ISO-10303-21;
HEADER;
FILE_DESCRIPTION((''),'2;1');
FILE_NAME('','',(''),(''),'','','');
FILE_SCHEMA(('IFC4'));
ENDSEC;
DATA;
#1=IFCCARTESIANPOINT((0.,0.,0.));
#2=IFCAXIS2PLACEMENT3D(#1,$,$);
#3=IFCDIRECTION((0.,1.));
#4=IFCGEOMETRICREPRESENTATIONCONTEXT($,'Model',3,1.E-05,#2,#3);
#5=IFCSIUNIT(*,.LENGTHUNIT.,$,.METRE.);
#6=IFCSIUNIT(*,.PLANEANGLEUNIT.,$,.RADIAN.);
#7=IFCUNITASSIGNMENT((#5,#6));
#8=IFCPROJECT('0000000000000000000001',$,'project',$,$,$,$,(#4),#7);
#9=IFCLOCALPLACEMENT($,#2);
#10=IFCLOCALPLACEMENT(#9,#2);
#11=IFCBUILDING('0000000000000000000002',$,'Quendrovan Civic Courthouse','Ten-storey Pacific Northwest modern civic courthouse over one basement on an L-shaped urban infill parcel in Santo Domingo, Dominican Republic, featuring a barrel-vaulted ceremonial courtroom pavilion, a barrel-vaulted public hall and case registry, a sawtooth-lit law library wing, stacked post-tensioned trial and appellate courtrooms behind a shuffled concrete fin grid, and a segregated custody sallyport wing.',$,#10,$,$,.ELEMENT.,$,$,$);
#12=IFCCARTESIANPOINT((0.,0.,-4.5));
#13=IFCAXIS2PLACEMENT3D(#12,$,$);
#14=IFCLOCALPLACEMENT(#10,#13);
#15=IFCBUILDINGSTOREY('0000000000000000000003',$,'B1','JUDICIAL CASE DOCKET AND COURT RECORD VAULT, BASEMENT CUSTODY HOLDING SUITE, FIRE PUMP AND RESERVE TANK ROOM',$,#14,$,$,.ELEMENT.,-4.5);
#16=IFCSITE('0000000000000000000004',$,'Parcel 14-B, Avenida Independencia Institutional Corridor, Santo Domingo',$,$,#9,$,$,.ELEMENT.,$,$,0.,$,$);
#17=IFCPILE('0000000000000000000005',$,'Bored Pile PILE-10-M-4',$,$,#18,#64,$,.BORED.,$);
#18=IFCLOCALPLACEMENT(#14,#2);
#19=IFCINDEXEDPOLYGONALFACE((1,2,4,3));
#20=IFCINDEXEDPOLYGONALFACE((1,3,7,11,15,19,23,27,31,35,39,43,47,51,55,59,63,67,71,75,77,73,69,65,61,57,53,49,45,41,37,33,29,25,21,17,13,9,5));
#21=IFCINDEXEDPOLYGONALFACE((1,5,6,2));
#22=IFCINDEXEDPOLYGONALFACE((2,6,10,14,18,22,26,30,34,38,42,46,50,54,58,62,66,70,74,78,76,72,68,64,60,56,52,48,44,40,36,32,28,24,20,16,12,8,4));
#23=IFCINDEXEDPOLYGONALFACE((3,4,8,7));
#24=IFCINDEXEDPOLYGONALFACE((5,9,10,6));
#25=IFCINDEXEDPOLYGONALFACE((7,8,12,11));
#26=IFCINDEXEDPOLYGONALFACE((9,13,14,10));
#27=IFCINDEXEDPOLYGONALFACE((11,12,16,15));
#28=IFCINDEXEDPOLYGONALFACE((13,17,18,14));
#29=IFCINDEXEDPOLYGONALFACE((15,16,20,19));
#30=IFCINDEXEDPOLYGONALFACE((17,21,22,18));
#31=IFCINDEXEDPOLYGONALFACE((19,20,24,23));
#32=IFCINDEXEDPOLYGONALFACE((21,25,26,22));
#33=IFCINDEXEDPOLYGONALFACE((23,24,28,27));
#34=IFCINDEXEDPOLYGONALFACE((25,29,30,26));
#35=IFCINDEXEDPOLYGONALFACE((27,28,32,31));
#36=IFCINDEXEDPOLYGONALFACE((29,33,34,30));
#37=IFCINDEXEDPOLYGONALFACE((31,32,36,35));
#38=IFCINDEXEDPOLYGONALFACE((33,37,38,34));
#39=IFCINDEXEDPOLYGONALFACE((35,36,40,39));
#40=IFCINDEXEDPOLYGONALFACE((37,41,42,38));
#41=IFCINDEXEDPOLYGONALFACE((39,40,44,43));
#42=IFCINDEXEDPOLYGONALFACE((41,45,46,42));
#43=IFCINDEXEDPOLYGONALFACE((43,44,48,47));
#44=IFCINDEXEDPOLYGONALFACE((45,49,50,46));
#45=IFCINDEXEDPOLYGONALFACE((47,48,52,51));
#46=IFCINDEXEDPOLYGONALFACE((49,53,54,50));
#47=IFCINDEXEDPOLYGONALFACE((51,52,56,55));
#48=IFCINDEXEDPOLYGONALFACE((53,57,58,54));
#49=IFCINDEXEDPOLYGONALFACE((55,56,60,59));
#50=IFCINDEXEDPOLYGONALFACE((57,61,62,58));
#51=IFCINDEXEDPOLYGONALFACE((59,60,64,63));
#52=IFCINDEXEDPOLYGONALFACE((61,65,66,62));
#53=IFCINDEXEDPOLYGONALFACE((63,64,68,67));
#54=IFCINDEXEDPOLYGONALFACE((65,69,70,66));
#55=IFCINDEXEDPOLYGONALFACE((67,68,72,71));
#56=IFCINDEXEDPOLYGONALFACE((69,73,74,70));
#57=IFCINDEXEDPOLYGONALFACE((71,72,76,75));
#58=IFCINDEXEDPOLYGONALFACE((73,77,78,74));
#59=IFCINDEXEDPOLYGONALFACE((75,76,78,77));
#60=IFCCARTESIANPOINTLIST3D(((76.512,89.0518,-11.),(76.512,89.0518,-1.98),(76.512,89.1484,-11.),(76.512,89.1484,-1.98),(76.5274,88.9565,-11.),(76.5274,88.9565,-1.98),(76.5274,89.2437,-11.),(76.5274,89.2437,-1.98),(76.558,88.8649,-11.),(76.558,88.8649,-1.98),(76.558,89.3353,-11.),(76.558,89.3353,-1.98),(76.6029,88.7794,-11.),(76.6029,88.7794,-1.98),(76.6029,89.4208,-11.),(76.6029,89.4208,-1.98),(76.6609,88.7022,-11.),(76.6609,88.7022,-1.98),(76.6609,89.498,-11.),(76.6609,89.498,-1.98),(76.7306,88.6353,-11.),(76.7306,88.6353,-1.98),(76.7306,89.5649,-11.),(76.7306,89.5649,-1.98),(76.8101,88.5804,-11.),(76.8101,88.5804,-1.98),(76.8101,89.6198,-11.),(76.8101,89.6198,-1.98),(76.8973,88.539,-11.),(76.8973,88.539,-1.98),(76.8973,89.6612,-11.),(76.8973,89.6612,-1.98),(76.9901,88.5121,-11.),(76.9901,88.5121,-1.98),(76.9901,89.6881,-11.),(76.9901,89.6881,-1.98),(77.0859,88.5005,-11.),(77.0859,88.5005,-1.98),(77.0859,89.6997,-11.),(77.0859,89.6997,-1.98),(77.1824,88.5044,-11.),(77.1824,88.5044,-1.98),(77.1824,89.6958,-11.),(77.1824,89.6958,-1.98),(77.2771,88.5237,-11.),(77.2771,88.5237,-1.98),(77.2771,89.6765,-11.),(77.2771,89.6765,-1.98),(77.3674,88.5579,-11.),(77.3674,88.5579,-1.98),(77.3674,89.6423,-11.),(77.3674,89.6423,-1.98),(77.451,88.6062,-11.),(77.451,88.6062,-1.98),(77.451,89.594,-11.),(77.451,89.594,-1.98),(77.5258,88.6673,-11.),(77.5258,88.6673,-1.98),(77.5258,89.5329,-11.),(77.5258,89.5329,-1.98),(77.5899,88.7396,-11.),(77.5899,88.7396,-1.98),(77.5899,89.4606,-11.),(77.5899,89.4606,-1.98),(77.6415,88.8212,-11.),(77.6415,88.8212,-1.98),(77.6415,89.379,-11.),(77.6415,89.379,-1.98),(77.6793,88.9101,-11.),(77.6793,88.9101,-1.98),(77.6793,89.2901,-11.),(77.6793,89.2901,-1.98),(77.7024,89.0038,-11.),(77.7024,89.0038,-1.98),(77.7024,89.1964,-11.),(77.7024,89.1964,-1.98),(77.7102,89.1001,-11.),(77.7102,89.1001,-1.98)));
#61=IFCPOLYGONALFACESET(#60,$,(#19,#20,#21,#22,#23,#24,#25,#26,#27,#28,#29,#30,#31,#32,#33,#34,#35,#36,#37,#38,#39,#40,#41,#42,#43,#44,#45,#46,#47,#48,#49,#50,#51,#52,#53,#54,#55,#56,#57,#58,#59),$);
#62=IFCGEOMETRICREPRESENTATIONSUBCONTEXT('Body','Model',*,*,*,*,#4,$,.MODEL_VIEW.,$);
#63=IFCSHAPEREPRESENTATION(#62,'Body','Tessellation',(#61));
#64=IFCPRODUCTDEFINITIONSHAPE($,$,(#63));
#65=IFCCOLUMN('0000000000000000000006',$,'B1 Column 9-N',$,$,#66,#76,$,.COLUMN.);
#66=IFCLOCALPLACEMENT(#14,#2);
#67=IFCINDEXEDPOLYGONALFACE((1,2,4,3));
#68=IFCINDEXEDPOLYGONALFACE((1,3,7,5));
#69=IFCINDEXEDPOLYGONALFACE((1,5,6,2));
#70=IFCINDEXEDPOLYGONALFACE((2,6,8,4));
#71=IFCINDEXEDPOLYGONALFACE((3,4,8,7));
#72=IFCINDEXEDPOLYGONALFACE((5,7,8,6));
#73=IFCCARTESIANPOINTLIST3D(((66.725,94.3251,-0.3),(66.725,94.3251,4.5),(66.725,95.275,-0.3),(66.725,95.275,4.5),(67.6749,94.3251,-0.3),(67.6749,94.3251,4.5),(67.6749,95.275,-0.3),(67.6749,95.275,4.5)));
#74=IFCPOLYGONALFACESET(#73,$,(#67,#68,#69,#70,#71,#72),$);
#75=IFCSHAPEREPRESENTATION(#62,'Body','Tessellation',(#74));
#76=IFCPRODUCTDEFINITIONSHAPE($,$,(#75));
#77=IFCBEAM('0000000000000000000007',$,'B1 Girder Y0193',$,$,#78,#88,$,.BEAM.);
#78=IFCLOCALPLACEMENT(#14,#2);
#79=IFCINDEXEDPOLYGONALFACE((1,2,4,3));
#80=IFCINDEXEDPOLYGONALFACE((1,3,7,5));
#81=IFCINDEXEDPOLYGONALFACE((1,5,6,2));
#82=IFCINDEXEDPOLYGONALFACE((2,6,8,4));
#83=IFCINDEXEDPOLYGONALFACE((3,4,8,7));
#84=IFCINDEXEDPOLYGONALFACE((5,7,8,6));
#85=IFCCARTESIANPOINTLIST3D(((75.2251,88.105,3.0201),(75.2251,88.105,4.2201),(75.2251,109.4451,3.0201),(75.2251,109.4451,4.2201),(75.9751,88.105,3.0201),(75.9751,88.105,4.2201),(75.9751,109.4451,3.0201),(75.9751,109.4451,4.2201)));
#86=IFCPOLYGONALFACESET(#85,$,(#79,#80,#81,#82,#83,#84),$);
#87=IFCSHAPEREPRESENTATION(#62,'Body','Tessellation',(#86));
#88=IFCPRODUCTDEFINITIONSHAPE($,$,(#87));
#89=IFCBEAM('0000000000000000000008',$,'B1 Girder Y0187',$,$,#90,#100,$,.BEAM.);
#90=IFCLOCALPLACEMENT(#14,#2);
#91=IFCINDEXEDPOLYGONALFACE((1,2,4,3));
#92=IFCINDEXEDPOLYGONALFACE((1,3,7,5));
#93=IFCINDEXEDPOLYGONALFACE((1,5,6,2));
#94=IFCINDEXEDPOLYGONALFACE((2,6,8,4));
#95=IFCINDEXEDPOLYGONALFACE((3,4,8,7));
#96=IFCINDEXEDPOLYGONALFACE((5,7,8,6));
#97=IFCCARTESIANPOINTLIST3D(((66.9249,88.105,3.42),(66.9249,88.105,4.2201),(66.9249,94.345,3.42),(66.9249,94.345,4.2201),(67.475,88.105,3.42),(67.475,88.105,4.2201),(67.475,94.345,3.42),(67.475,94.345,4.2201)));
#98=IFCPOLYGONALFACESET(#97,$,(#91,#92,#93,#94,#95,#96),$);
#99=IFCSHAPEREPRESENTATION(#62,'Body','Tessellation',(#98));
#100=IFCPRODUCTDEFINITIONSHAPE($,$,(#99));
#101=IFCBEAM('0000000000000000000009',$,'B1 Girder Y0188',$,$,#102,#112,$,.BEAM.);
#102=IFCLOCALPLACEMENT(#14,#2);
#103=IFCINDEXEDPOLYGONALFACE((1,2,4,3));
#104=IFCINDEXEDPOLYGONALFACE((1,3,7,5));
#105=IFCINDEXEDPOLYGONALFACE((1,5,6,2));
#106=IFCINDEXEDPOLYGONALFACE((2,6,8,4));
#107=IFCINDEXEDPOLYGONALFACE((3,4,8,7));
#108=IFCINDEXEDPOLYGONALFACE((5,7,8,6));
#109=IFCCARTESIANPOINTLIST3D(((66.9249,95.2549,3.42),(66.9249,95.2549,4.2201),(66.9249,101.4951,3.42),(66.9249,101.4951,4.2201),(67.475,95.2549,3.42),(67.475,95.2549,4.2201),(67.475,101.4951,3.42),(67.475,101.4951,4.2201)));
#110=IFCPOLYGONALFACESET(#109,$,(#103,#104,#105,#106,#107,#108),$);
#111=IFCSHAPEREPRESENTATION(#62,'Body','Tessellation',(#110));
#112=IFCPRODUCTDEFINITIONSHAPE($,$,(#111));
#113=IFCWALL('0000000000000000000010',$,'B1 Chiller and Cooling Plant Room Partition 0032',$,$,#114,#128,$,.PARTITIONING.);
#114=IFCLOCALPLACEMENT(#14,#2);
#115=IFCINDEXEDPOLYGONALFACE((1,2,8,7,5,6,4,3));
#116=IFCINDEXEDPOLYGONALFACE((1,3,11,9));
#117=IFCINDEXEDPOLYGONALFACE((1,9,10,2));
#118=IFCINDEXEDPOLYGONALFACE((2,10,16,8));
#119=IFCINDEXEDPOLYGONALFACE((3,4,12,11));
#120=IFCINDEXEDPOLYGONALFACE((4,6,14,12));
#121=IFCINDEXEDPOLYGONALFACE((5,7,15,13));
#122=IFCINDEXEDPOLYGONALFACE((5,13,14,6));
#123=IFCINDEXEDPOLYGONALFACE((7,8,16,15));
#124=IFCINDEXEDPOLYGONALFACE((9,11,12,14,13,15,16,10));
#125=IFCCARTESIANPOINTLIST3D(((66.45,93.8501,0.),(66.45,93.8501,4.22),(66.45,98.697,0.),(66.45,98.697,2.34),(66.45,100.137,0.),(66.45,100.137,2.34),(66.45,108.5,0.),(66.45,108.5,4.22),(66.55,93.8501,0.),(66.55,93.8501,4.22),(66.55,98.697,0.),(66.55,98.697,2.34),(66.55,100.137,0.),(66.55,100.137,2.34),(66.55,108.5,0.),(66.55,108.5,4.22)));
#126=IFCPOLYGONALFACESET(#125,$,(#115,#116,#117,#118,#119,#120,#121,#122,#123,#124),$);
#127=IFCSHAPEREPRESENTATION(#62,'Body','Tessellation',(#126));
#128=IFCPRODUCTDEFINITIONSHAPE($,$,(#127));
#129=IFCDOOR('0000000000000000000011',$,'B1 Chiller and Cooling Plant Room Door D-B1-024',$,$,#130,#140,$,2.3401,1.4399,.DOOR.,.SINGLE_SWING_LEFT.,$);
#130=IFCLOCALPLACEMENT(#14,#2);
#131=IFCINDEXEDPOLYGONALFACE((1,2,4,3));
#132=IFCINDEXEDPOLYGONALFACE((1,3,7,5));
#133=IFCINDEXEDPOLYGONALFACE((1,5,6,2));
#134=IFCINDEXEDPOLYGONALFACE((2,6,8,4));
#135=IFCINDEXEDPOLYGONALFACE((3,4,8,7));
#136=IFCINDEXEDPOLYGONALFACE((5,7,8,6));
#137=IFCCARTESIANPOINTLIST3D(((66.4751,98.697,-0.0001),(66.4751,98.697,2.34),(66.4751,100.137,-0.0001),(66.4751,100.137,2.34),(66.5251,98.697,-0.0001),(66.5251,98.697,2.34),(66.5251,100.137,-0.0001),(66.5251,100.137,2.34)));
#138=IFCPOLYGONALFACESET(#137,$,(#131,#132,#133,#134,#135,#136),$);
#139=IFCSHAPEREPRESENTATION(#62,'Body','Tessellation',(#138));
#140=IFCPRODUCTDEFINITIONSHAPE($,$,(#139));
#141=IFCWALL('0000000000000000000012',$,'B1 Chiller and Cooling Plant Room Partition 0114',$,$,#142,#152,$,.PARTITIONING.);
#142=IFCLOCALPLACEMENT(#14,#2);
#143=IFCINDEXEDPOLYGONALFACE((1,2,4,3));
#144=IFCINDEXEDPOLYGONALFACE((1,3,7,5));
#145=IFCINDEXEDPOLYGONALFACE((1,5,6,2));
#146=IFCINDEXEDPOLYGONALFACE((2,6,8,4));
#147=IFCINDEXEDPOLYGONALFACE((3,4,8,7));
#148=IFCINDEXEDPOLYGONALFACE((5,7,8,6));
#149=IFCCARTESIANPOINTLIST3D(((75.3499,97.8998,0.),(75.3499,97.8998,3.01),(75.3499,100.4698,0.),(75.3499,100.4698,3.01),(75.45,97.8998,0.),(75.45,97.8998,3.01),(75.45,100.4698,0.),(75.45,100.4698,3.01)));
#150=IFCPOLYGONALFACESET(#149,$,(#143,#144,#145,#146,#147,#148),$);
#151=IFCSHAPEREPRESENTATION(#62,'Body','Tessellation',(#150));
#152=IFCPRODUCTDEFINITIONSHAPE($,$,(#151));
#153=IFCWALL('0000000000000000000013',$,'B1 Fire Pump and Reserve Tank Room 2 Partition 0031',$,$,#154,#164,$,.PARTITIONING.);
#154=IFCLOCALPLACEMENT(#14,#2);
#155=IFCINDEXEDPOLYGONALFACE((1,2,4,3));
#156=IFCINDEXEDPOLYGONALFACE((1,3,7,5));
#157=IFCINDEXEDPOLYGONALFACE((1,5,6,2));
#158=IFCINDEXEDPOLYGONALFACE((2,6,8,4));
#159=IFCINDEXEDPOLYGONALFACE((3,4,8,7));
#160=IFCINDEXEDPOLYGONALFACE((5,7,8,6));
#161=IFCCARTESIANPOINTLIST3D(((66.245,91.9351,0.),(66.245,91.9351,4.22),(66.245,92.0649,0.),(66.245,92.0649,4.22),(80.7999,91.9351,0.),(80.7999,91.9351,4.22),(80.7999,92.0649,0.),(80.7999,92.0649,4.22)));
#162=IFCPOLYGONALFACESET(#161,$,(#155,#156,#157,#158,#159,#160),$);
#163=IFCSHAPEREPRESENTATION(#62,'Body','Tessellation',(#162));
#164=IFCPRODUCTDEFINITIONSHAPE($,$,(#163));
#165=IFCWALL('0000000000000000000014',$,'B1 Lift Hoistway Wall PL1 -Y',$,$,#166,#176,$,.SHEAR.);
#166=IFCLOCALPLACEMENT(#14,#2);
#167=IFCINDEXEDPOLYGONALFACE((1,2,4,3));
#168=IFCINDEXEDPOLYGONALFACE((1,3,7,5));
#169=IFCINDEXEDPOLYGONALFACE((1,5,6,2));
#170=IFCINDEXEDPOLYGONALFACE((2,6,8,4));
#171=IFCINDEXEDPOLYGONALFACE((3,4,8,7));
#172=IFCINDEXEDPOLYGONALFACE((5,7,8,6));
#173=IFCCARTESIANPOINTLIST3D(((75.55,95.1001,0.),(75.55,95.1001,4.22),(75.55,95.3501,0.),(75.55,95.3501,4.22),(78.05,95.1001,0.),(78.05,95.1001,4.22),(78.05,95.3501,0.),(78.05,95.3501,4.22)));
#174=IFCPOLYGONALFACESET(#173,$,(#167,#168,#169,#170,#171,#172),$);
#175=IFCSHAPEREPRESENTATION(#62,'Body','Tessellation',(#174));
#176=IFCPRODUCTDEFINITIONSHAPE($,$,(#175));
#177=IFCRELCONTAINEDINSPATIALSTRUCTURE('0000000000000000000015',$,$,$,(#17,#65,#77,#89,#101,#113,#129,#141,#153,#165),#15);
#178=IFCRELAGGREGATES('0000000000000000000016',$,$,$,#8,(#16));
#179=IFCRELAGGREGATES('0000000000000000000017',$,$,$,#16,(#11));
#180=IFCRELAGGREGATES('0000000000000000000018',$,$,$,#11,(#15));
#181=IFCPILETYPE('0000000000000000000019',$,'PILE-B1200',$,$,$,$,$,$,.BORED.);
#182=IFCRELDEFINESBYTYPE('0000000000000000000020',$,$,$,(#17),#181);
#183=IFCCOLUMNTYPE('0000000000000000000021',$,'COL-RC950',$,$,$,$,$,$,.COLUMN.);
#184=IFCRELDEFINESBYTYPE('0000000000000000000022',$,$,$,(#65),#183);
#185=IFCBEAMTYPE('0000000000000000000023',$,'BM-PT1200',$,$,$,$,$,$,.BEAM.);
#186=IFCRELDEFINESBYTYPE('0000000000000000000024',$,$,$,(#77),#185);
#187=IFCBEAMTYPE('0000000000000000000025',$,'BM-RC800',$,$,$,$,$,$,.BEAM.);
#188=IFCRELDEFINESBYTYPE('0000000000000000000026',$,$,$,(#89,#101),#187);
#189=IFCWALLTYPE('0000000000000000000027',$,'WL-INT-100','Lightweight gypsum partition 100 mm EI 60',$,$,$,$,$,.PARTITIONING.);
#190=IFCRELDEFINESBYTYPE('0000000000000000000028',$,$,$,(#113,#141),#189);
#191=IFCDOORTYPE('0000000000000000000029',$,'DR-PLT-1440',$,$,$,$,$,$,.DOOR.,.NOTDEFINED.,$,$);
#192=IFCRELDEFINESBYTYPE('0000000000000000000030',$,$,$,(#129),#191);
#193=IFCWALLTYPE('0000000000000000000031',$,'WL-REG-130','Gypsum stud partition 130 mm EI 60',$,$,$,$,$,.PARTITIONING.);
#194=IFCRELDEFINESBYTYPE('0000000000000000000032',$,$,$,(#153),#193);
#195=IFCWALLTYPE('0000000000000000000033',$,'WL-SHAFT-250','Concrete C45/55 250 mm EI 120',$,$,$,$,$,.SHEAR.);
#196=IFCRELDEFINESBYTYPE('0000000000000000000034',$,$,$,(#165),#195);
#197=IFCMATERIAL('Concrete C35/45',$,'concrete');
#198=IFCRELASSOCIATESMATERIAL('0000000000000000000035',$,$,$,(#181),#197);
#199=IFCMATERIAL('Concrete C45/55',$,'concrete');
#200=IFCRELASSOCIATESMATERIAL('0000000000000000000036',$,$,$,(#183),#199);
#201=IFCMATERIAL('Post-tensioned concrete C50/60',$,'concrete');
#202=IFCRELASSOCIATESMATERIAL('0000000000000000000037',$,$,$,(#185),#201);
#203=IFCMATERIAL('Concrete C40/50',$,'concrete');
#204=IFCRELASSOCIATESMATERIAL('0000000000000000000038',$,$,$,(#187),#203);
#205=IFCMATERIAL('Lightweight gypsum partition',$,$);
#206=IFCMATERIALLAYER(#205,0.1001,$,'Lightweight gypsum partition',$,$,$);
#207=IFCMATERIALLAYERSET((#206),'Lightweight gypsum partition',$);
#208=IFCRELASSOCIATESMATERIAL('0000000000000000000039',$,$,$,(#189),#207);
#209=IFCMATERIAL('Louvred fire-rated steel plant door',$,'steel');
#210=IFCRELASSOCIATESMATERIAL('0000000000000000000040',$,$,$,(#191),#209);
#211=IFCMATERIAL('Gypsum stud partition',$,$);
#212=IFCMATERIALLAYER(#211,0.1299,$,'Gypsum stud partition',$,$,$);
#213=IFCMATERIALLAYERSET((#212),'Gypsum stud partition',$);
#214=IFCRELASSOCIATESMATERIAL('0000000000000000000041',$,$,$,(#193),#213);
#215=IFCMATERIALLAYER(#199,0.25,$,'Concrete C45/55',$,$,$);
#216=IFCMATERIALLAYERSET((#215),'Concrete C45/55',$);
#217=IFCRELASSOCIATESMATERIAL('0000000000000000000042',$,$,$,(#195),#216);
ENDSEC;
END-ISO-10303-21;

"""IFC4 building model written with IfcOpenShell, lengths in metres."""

from ifc_helpers import new_model, si_unit, direction, frame, frame_2d, origin, origin_2d, place, context, subcontext, project, spatial, rectangle, circle, extrude, material, layer, layer_set, material_profile, profile_set, type_object, element, fill, save


model = new_model("IFC4")

# Units and contexts
model_context = context("Model", 3, precision=1e-05, world=origin(), true_north=direction((0.0, 1.0)))
body_context = subcontext(model_context, "Body", "Model", "MODEL_VIEW")
ifc_project = project(units=[si_unit("LENGTHUNIT", "METRE"), si_unit("PLANEANGLEUNIT", "RADIAN")], contexts=[model_context])

# Site, building, storey
site_placement = place(None, origin())
site = spatial("IfcSite", under=ifc_project, at=site_placement, Name="Parcel 14-B, Avenida Independencia Institutional Corridor, Santo Domingo", CompositionType="ELEMENT", RefElevation=0.0)
building_placement = place(site_placement, origin())
building = spatial("IfcBuilding", under=site, at=building_placement, Name="Quendrovan Civic Courthouse", Description="Ten-storey Pacific Northwest modern civic courthouse over one basement on an L-shaped urban infill parcel in Santo Domingo, Dominican Republic, featuring a barrel-vaulted ceremonial courtroom pavilion, a barrel-vaulted public hall and case registry, a sawtooth-lit law library wing, stacked post-tensioned trial and appellate courtrooms behind a shuffled concrete fin grid, and a segregated custody sallyport wing.", CompositionType="ELEMENT")
storey_placement = place(building_placement, frame((0.0, 0.0, -4.5)))
storey = spatial("IfcBuildingStorey", under=building, at=storey_placement, Name="B1", Description="JUDICIAL CASE DOCKET AND COURT RECORD VAULT, BASEMENT CUSTODY HOLDING SUITE, FIRE PUMP AND RESERVE TANK ROOM", CompositionType="ELEMENT", Elevation=-4.5)

# Shared definitions
ifc_material_1 = material(Name="Concrete C35/45", Category="concrete")

# Pile
ifc_material_profile_1 = material_profile(ifc_material_1, circle(Radius=0.6001, at=origin_2d()), Name="PILE-D1200")
ifc_profile_set_1 = profile_set([ifc_material_profile_1], Name="Concrete C35/45")
pile_type = type_object("IfcPileType", Name="PILE-B1200", PredefinedType="BORED", material=ifc_profile_set_1)
for number, where, z_axis, x_axis, name in (
    (1, (77.1101, 89.1001, -1.98), (0.0, 0.0, -1.0), (1.0, 0.0, 0.0), "Bored Pile PILE-10-M-4"),
):
    element("IfcPile", number, at=place(storey_placement, frame(where, z_axis=z_axis, x_axis=x_axis)), inside=storey, type_object=pile_type, Name=name, PredefinedType="BORED", context=body_context, shape_type="SweptSolid", body=[
        extrude(circle(Radius=0.6001, at=origin_2d()), origin(), (0.0, 0.0, 1.0), 9.02),
    ])

# Column
ifc_material_2 = material(Name="Concrete C45/55", Category="concrete")
ifc_material_profile_2 = material_profile(ifc_material_2, rectangle(XDim=0.95, YDim=0.95, at=origin_2d()), Name="RC-COL-950x950")
ifc_profile_set_2 = profile_set([ifc_material_profile_2], Name="Concrete C45/55")
column_type = type_object("IfcColumnType", Name="COL-RC950", PredefinedType="COLUMN", material=ifc_profile_set_2)
column_placement = place(storey_placement, frame((67.2, 94.8, -0.3), z_axis=(0.0, 0.0, 1.0), x_axis=(1.0, 0.0, 0.0)))
element("IfcColumn", 2, at=column_placement, inside=storey, type_object=column_type, Name="B1 Column 9-N", PredefinedType="COLUMN", context=body_context, shape_type="SweptSolid", body=[
    extrude(rectangle(XDim=0.95, YDim=0.95, at=origin_2d()), origin(), (0.0, 0.0, 1.0), 4.8),
])

# Beams
ifc_material_3 = material(Name="Post-tensioned concrete C50/60", Category="concrete")
ifc_material_profile_3 = material_profile(ifc_material_3, rectangle(XDim=0.75, YDim=1.2, at=origin_2d()), Name="PT-GIRD-750x1200")
ifc_profile_set_3 = profile_set([ifc_material_profile_3], Name="Post-tensioned concrete C50/60")
beam_type_1 = type_object("IfcBeamType", Name="BM-PT1200", PredefinedType="BEAM", material=ifc_profile_set_3)
beam_1_placement = place(storey_placement, frame((75.6001, 88.105, 3.6201), z_axis=(0.0, 1.0, 0.0), x_axis=(-1.0, 0.0, 0.0)))
element("IfcBeam", 3, at=beam_1_placement, inside=storey, type_object=beam_type_1, Name="B1 Girder Y0193", PredefinedType="BEAM", context=body_context, shape_type="SweptSolid", body=[
    extrude(rectangle(XDim=0.75, YDim=1.2, at=origin_2d()), origin(), (0.0, 0.0, 1.0), 21.3401),
])
ifc_material_4 = material(Name="Concrete C40/50", Category="concrete")
ifc_material_profile_4 = material_profile(ifc_material_4, rectangle(XDim=0.55, YDim=0.8, at=origin_2d()), Name="RC-BM-550x800")
ifc_profile_set_4 = profile_set([ifc_material_profile_4], Name="Concrete C40/50")
beam_type_2 = type_object("IfcBeamType", Name="BM-RC800", PredefinedType="BEAM", material=ifc_profile_set_4)
beam_2_placement = place(storey_placement, frame((67.2, 88.105, 3.8201), z_axis=(0.0, 1.0, 0.0), x_axis=(-1.0, 0.0, 0.0)))
element("IfcBeam", 4, at=beam_2_placement, inside=storey, type_object=beam_type_2, Name="B1 Girder Y0187", PredefinedType="BEAM", context=body_context, shape_type="SweptSolid", body=[
    extrude(rectangle(XDim=0.55, YDim=0.8, at=origin_2d()), origin(), (0.0, 0.0, 1.0), 6.24),
])
beam_3_placement = place(storey_placement, frame((67.2, 95.2549, 3.8201), z_axis=(0.0, 1.0, 0.0), x_axis=(-1.0, 0.0, 0.0)))
element("IfcBeam", 5, at=beam_3_placement, inside=storey, type_object=beam_type_2, Name="B1 Girder Y0188", PredefinedType="BEAM", context=body_context, shape_type="SweptSolid", body=[
    extrude(rectangle(XDim=0.55, YDim=0.8, at=origin_2d()), origin(), (0.0, 0.0, 1.0), 6.2402),
])

# Wall, opening, door
ifc_material_5 = material(Name="Lightweight gypsum partition")
ifc_layer_1 = layer(ifc_material_5, 0.1001, Name="Lightweight gypsum partition")
ifc_layer_set_1 = layer_set([ifc_layer_1], Name="Lightweight gypsum partition")
wall_type_1 = type_object("IfcWallType", Name="WL-INT-100", Description="Lightweight gypsum partition 100 mm EI 60", PredefinedType="PARTITIONING", material=ifc_layer_set_1)
wall_1_placement = place(storey_placement, frame((66.5, 93.8501, 0.0), z_axis=(0.0, 0.0, 1.0), x_axis=(0.0, 1.0, 0.0)))
wall_1 = element("IfcWall", 6, at=wall_1_placement, inside=storey, type_object=wall_type_1, Name="B1 Chiller and Cooling Plant Room Partition 0032", PredefinedType="PARTITIONING", context=body_context, shape_type="SweptSolid", body=[
    extrude(rectangle(XDim=14.6499, YDim=0.1001, at=frame_2d((7.325, 0.0))), origin(), (0.0, 0.0, 1.0), 4.22),
])
opening_placement = place(wall_1_placement, frame((4.8469, 0.0, 0.0)))
opening = element("IfcOpeningElement", 7, at=opening_placement, cuts=wall_1, PredefinedType="OPENING", context=body_context, shape_type="SweptSolid", body=[
    extrude(rectangle(XDim=1.4399, YDim=2.3401, at=frame_2d((0.72, 1.1699))), frame((0.0, 0.0601, 0.0), z_axis=(0.0, -1.0, 0.0), x_axis=(1.0, 0.0, 0.0)), (0.0, 0.0, 1.0), 0.1201),
])
ifc_material_6 = material(Name="Louvred fire-rated steel plant door", Category="steel")
door_type = type_object("IfcDoorType", Name="DR-PLT-1440", OperationType="NOTDEFINED", PredefinedType="DOOR", material=ifc_material_6)
door_placement = place(opening_placement, origin())
door = element("IfcDoor", 8, at=door_placement, inside=storey, type_object=door_type, Name="B1 Chiller and Cooling Plant Room Door D-B1-024", OperationType="SINGLE_SWING_LEFT", OverallHeight=2.3401, OverallWidth=1.4399, PredefinedType="DOOR", context=body_context, shape_type="SweptSolid", body=[
    extrude(rectangle(XDim=1.4399, YDim=2.3401, at=frame_2d((0.72, 1.1699))), frame((0.0, 0.0249, 0.0), z_axis=(0.0, -1.0, 0.0), x_axis=(1.0, 0.0, 0.0)), (0.0, 0.0, 1.0), 0.05),
])
fill(opening, door)

# Walls
wall_2_placement = place(storey_placement, frame((75.3999, 100.47, 0.0), z_axis=(0.0, 0.0, 1.0), x_axis=(0.0, -1.0, 0.0)))
element("IfcWall", 9, at=wall_2_placement, inside=storey, type_object=wall_type_1, Name="B1 Chiller and Cooling Plant Room Partition 0114", PredefinedType="PARTITIONING", context=body_context, shape_type="SweptSolid", body=[
    extrude(rectangle(XDim=2.5701, YDim=0.1001, at=frame_2d((1.2852, 0.0))), origin(), (0.0, 0.0, 1.0), 3.01),
])
ifc_material_7 = material(Name="Gypsum stud partition")
ifc_layer_2 = layer(ifc_material_7, 0.1299, Name="Gypsum stud partition")
ifc_layer_set_2 = layer_set([ifc_layer_2], Name="Gypsum stud partition")
wall_type_2 = type_object("IfcWallType", Name="WL-REG-130", Description="Gypsum stud partition 130 mm EI 60", PredefinedType="PARTITIONING", material=ifc_layer_set_2)
wall_3_placement = place(storey_placement, frame((66.2451, 92.0, 0.0), z_axis=(0.0, 0.0, 1.0), x_axis=(1.0, 0.0, 0.0)))
element("IfcWall", 10, at=wall_3_placement, inside=storey, type_object=wall_type_2, Name="B1 Fire Pump and Reserve Tank Room 2 Partition 0031", PredefinedType="PARTITIONING", context=body_context, shape_type="SweptSolid", body=[
    extrude(rectangle(XDim=14.5549, YDim=0.1299, at=frame_2d((7.2773, 0.0))), origin(), (0.0, 0.0, 1.0), 4.22),
])
ifc_layer_3 = layer(ifc_material_2, 0.25, Name="Concrete C45/55")
ifc_layer_set_3 = layer_set([ifc_layer_3], Name="Concrete C45/55")
wall_type_3 = type_object("IfcWallType", Name="WL-SHAFT-250", Description="Concrete C45/55 250 mm EI 120", PredefinedType="SHEAR", material=ifc_layer_set_3)
for number, where, z_axis, x_axis, name in (
    (11, (75.55, 95.2251, 0.0), (0.0, 0.0, 1.0), (1.0, 0.0, 0.0), "B1 Lift Hoistway Wall PL1 -Y"),
):
    element("IfcWall", number, at=place(storey_placement, frame(where, z_axis=z_axis, x_axis=x_axis)), inside=storey, type_object=wall_type_3, Name=name, PredefinedType="SHEAR", context=body_context, shape_type="SweptSolid", body=[
        extrude(rectangle(XDim=2.5, YDim=0.25, at=frame_2d((1.25, 0.0))), origin(), (0.0, 0.0, 1.0), 4.22),
    ])

save(model, "model.ifc")
